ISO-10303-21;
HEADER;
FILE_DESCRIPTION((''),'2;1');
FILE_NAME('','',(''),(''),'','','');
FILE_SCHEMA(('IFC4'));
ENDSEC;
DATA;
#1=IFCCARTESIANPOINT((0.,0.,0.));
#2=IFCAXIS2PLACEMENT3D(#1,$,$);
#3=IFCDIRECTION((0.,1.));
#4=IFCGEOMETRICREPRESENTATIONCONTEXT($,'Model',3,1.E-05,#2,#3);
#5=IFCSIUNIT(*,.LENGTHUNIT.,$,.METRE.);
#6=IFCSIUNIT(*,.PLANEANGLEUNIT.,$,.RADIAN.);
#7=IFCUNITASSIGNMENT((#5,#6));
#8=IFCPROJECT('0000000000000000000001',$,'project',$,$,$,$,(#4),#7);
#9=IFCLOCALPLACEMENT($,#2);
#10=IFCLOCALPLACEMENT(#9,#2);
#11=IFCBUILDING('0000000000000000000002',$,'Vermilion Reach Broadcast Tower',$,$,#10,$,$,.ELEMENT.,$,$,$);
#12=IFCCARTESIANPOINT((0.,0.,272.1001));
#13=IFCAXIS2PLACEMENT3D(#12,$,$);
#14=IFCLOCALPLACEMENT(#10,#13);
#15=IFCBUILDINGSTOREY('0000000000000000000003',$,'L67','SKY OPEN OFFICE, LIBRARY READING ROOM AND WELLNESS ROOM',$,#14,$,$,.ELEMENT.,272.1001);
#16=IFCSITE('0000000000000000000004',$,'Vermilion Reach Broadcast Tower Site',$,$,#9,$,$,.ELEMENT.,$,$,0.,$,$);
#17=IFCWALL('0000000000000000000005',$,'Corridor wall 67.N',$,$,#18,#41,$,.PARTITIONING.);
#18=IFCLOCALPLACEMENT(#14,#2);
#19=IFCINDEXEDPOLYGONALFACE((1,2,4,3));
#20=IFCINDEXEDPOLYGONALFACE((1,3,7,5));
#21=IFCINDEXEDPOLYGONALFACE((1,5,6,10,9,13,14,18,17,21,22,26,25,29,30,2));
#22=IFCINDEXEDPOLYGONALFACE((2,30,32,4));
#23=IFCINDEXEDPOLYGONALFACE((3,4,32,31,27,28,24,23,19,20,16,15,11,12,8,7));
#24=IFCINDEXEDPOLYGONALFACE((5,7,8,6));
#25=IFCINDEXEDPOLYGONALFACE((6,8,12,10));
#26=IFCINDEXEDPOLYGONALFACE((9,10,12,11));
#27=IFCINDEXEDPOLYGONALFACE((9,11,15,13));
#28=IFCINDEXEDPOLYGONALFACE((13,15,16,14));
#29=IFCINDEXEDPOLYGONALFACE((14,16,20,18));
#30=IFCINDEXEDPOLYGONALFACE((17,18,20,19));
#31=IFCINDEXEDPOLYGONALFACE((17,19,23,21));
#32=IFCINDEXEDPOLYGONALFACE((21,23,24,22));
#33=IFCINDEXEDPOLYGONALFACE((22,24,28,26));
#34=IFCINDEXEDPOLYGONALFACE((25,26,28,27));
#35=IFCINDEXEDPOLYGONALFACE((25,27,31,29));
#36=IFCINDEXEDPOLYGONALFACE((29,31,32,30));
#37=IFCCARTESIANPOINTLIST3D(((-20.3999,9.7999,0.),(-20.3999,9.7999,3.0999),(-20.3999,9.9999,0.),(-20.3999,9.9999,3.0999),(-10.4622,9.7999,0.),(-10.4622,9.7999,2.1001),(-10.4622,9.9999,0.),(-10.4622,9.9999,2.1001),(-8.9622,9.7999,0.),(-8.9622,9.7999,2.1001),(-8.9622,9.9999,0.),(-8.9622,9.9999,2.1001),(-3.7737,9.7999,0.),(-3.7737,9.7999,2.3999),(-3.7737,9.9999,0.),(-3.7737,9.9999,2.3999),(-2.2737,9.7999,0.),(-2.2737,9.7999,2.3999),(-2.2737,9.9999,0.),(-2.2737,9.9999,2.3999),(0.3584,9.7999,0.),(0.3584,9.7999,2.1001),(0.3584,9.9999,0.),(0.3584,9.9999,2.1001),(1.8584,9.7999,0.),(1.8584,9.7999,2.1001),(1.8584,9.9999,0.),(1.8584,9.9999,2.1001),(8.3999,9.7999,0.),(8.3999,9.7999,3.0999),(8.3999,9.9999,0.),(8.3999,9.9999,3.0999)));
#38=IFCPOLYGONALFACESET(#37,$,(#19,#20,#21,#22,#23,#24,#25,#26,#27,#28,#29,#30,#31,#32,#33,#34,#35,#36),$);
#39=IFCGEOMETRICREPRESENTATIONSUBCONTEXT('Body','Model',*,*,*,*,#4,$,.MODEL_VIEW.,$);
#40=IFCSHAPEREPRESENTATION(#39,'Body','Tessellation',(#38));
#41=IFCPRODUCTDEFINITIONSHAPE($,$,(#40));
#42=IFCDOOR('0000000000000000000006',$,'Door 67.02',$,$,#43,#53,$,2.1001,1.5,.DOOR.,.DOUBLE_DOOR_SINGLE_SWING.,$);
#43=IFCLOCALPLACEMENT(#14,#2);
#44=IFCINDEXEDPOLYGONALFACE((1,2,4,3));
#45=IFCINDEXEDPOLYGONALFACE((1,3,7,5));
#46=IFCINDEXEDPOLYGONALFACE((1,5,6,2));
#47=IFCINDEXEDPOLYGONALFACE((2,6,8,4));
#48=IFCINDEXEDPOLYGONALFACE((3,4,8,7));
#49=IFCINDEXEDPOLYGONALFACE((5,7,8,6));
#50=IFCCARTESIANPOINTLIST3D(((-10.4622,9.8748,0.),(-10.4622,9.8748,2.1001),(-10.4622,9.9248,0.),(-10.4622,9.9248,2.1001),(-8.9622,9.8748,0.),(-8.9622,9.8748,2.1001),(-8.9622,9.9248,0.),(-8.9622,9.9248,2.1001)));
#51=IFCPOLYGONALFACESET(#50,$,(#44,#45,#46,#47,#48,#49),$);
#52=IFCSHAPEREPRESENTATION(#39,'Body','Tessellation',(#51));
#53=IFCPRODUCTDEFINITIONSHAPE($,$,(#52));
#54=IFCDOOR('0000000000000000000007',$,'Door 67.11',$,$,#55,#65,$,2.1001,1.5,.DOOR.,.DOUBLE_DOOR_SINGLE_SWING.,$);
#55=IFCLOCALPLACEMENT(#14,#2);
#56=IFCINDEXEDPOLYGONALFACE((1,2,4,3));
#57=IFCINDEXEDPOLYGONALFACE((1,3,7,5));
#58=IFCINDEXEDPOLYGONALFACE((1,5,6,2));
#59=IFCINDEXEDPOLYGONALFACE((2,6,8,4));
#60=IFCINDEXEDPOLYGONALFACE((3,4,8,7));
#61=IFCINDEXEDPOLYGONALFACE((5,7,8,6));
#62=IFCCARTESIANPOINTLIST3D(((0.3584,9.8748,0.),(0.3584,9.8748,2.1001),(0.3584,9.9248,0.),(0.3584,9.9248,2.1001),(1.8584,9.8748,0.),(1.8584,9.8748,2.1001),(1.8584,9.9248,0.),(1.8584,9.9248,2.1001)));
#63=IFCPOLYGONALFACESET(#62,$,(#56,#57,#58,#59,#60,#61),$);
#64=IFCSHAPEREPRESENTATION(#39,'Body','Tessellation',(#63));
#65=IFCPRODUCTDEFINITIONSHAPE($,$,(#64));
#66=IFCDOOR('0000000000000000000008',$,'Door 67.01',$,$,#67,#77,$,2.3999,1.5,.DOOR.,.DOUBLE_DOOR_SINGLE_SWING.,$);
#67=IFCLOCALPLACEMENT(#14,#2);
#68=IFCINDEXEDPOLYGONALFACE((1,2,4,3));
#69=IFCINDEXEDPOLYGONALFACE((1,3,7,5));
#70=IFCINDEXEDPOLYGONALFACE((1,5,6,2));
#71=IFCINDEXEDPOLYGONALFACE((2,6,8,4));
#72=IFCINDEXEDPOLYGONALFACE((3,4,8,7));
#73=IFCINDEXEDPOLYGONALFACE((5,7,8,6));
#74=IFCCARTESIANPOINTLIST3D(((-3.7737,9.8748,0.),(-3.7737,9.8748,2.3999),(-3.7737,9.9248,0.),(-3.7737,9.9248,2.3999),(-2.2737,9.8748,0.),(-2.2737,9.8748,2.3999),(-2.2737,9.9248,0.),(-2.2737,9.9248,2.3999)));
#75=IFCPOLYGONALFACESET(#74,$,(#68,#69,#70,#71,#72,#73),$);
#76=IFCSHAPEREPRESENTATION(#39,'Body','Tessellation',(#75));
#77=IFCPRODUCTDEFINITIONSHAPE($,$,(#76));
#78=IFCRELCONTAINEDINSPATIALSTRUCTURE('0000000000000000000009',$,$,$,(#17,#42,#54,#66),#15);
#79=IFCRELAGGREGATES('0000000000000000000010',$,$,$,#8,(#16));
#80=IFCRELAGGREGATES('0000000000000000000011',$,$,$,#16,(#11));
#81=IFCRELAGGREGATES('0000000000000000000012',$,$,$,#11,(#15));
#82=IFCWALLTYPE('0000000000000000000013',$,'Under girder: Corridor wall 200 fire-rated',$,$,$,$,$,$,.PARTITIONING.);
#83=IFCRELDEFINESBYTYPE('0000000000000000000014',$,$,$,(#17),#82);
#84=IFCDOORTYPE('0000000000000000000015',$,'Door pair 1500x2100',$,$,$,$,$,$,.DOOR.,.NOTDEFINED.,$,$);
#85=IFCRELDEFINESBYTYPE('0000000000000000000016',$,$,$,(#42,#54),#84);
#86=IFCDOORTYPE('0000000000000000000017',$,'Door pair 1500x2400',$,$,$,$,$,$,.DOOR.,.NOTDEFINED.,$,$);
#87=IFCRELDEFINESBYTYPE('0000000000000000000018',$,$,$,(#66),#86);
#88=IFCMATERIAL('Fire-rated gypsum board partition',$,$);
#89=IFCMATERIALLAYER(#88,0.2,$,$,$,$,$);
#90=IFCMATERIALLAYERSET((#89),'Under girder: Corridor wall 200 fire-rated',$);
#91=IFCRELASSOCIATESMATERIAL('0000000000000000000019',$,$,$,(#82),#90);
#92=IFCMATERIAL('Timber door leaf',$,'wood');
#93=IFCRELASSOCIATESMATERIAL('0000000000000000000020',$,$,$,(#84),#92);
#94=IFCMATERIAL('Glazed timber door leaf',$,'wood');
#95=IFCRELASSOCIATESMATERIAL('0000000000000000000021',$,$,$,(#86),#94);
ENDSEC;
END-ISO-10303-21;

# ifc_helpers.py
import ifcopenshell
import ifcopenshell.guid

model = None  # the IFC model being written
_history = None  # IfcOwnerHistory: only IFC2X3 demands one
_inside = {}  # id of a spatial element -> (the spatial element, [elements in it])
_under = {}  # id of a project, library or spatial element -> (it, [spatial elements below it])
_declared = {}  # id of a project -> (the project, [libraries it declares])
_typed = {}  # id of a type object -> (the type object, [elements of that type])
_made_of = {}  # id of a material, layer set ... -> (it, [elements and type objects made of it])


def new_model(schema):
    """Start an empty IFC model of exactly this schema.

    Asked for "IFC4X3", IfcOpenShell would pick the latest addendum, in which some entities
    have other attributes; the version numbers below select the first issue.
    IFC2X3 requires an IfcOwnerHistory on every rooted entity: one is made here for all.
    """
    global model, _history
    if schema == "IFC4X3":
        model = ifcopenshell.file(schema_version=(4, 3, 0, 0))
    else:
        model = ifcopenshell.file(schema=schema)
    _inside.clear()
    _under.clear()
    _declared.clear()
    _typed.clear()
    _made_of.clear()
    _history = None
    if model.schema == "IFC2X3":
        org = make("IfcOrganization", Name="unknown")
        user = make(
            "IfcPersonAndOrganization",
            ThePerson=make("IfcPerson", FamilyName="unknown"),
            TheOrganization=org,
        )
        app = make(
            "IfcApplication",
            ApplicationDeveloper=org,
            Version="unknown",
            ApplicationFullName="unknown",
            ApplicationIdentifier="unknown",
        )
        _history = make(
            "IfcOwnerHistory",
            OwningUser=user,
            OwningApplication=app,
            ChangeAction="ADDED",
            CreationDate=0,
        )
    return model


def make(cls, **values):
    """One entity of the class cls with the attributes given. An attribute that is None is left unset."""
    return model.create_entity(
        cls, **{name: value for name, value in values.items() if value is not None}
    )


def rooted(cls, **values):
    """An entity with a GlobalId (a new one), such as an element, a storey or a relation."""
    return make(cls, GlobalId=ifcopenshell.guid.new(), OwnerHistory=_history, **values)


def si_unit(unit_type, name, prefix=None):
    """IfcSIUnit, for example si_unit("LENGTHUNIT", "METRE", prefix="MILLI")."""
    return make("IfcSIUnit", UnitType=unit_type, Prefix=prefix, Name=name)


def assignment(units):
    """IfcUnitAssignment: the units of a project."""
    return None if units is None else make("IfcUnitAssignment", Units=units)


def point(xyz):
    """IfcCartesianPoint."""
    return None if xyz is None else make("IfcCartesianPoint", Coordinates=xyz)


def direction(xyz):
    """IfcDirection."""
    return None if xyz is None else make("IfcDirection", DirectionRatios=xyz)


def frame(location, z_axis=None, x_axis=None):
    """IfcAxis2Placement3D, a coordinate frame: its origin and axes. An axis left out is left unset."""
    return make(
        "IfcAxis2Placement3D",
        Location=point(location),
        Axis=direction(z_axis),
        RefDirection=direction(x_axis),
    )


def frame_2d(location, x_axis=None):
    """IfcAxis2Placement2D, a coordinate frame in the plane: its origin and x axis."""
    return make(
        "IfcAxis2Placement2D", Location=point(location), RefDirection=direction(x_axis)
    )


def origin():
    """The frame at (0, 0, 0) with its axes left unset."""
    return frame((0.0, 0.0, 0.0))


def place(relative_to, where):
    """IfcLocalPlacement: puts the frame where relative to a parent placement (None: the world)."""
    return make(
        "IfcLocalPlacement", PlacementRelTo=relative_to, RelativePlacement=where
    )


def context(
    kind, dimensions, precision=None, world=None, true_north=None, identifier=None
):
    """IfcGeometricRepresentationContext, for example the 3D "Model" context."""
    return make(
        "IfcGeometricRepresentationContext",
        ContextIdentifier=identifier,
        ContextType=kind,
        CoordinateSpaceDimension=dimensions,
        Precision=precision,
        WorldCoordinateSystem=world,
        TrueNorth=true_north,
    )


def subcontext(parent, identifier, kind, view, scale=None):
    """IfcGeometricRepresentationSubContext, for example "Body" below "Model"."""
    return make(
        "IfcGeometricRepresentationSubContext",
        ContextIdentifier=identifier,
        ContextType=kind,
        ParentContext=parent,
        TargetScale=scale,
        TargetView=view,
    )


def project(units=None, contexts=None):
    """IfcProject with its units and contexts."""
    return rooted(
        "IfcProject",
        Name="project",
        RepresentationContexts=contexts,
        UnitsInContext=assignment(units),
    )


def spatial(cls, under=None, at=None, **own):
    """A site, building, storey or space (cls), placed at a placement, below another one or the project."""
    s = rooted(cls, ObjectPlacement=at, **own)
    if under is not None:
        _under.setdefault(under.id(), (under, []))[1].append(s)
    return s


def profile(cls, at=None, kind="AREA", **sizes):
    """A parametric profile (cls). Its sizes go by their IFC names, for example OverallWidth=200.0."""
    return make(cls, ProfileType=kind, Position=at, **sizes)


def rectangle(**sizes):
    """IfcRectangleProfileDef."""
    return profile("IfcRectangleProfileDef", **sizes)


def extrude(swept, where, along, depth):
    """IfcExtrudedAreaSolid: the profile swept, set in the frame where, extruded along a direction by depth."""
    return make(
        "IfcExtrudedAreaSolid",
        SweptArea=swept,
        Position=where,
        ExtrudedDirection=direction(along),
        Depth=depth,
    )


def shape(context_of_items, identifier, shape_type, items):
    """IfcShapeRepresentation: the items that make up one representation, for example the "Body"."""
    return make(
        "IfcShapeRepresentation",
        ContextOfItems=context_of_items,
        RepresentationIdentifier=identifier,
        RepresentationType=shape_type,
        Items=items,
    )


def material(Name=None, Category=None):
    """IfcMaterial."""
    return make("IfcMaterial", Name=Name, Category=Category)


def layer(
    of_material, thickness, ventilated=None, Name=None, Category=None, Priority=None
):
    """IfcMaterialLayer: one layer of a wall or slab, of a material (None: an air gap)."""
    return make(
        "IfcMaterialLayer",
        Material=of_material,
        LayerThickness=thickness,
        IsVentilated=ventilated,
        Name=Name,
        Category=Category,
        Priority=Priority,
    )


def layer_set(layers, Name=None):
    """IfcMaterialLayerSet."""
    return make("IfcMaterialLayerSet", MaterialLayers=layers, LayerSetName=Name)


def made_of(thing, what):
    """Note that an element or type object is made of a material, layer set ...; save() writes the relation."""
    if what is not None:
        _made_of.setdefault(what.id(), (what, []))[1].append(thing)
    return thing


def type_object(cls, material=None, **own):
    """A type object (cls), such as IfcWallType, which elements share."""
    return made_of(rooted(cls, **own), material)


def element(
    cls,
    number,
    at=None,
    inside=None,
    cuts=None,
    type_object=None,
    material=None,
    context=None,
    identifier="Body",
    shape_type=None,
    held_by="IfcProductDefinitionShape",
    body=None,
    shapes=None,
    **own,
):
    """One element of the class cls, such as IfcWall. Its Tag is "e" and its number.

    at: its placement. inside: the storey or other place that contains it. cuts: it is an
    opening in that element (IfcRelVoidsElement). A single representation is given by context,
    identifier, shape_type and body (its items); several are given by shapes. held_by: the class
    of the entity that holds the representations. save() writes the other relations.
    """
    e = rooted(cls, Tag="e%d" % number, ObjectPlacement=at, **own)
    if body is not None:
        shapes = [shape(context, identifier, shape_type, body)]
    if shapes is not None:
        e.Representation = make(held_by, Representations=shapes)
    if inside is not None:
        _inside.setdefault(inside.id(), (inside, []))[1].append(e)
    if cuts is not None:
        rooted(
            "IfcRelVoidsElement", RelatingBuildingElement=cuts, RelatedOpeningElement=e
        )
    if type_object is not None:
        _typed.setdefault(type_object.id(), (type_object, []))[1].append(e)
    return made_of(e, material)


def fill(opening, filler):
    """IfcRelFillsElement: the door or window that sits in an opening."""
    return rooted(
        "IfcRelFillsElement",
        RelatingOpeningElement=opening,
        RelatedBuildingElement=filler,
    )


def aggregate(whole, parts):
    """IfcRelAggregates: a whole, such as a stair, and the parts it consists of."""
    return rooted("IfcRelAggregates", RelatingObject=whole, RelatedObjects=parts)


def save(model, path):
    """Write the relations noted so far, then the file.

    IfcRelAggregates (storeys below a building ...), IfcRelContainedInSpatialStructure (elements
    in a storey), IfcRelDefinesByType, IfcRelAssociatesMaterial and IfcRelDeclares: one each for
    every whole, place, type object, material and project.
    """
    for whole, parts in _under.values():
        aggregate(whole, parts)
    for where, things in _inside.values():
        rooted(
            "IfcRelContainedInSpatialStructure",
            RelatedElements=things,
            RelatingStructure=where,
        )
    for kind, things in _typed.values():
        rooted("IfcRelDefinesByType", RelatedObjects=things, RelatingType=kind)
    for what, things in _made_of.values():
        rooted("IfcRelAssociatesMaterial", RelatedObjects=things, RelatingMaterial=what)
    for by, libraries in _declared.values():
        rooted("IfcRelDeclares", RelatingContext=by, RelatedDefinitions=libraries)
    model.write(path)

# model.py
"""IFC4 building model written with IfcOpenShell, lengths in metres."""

from ifc_helpers import new_model, si_unit, direction, frame, frame_2d, origin, place, context, subcontext, project, spatial, rectangle, extrude, material, layer, layer_set, type_object, element, fill, save


model = new_model("IFC4")

# Units and contexts
model_context = context("Model", 3, precision=1e-05, world=origin(), true_north=direction((0.0, 1.0)))
body_context = subcontext(model_context, "Body", "Model", "MODEL_VIEW")
ifc_project = project(units=[si_unit("LENGTHUNIT", "METRE"), si_unit("PLANEANGLEUNIT", "RADIAN")], contexts=[model_context])

# Site, building, storey
site_placement = place(None, origin())
site = spatial("IfcSite", under=ifc_project, at=site_placement, Name="Vermilion Reach Broadcast Tower Site", CompositionType="ELEMENT", RefElevation=0.0)
building_placement = place(site_placement, origin())
building = spatial("IfcBuilding", under=site, at=building_placement, Name="Vermilion Reach Broadcast Tower", CompositionType="ELEMENT")
storey_placement = place(building_placement, frame((0.0, 0.0, 272.1001)))
storey = spatial("IfcBuildingStorey", under=building, at=storey_placement, Name="L67", Description="SKY OPEN OFFICE, LIBRARY READING ROOM AND WELLNESS ROOM", CompositionType="ELEMENT", Elevation=272.1001)

# Wall, openings, doors
ifc_material_1 = material(Name="Fire-rated gypsum board partition")
ifc_layer_1 = layer(ifc_material_1, 0.2)
ifc_layer_set_1 = layer_set([ifc_layer_1], Name="Under girder: Corridor wall 200 fire-rated")
wall_type_1 = type_object("IfcWallType", Name="Under girder: Corridor wall 200 fire-rated", PredefinedType="PARTITIONING", material=ifc_layer_set_1)
wall_1_placement = place(storey_placement, frame((-20.3999, 9.8999, 0.0), z_axis=(0.0, 0.0, 1.0), x_axis=(1.0, 0.0, 0.0)))
wall_1 = element("IfcWall", 1, at=wall_1_placement, inside=storey, type_object=wall_type_1, Name="Corridor wall 67.N", PredefinedType="PARTITIONING", context=body_context, shape_type="SweptSolid", body=[
    extrude(rectangle(XDim=28.7998, YDim=0.2, at=frame_2d((14.3999, 0.0))), origin(), (0.0, 0.0, 1.0), 3.0999),
])
opening_1_placement = place(wall_1_placement, frame((16.6262, 0.0, 0.0)))
opening_1 = element("IfcOpeningElement", 2, at=opening_1_placement, cuts=wall_1, PredefinedType="OPENING", context=body_context, shape_type="SweptSolid", body=[
    extrude(rectangle(XDim=1.5, YDim=2.3999, at=frame_2d((0.75, 1.2))), frame((0.0, 0.1099, 0.0), z_axis=(0.0, -1.0, 0.0), x_axis=(1.0, 0.0, 0.0)), (0.0, 0.0, 1.0), 0.22),
])
opening_2_placement = place(wall_1_placement, frame((9.9377, 0.0, 0.0)))
opening_2 = element("IfcOpeningElement", 3, at=opening_2_placement, cuts=wall_1, PredefinedType="OPENING", context=body_context, shape_type="SweptSolid", body=[
    extrude(rectangle(XDim=1.5, YDim=2.1001, at=frame_2d((0.75, 1.05))), frame((0.0, 0.1099, 0.0), z_axis=(0.0, -1.0, 0.0), x_axis=(1.0, 0.0, 0.0)), (0.0, 0.0, 1.0), 0.22),
])
opening_3_placement = place(wall_1_placement, frame((20.7583, 0.0, 0.0)))
opening_3 = element("IfcOpeningElement", 4, at=opening_3_placement, cuts=wall_1, PredefinedType="OPENING", context=body_context, shape_type="SweptSolid", body=[
    extrude(rectangle(XDim=1.5, YDim=2.1001, at=frame_2d((0.75, 1.05))), frame((0.0, 0.1099, 0.0), z_axis=(0.0, -1.0, 0.0), x_axis=(1.0, 0.0, 0.0)), (0.0, 0.0, 1.0), 0.22),
])
ifc_material_2 = material(Name="Timber door leaf", Category="wood")
door_type_1 = type_object("IfcDoorType", Name="Door pair 1500x2100", OperationType="NOTDEFINED", PredefinedType="DOOR", material=ifc_material_2)
door_1_placement = place(opening_2_placement, origin())
door_1 = element("IfcDoor", 5, at=door_1_placement, inside=storey, type_object=door_type_1, Name="Door 67.02", OperationType="DOUBLE_DOOR_SINGLE_SWING", OverallHeight=2.1001, OverallWidth=1.5, PredefinedType="DOOR", context=body_context, shape_type="SweptSolid", body=[
    extrude(rectangle(XDim=1.5, YDim=2.1001, at=frame_2d((0.75, 1.05))), frame((0.0, 0.0249, 0.0), z_axis=(0.0, -1.0, 0.0), x_axis=(1.0, 0.0, 0.0)), (0.0, 0.0, 1.0), 0.05),
])
fill(opening_2, door_1)
door_2_placement = place(opening_3_placement, origin())
door_2 = element("IfcDoor", 6, at=door_2_placement, inside=storey, type_object=door_type_1, Name="Door 67.11", OperationType="DOUBLE_DOOR_SINGLE_SWING", OverallHeight=2.1001, OverallWidth=1.5, PredefinedType="DOOR", context=body_context, shape_type="SweptSolid", body=[
    extrude(rectangle(XDim=1.5, YDim=2.1001, at=frame_2d((0.75, 1.05))), frame((0.0, 0.0249, 0.0), z_axis=(0.0, -1.0, 0.0), x_axis=(1.0, 0.0, 0.0)), (0.0, 0.0, 1.0), 0.05),
])
fill(opening_3, door_2)
ifc_material_3 = material(Name="Glazed timber door leaf", Category="wood")
door_type_2 = type_object("IfcDoorType", Name="Door pair 1500x2400", OperationType="NOTDEFINED", PredefinedType="DOOR", material=ifc_material_3)
door_3_placement = place(opening_1_placement, origin())
door_3 = element("IfcDoor", 7, at=door_3_placement, inside=storey, type_object=door_type_2, Name="Door 67.01", OperationType="DOUBLE_DOOR_SINGLE_SWING", OverallHeight=2.3999, OverallWidth=1.5, PredefinedType="DOOR", context=body_context, shape_type="SweptSolid", body=[
    extrude(rectangle(XDim=1.5, YDim=2.3999, at=frame_2d((0.75, 1.2))), frame((0.0, 0.0249, 0.0), z_axis=(0.0, -1.0, 0.0), x_axis=(1.0, 0.0, 0.0)), (0.0, 0.0, 1.0), 0.05),
])
fill(opening_1, door_3)

save(model, "model.ifc")
